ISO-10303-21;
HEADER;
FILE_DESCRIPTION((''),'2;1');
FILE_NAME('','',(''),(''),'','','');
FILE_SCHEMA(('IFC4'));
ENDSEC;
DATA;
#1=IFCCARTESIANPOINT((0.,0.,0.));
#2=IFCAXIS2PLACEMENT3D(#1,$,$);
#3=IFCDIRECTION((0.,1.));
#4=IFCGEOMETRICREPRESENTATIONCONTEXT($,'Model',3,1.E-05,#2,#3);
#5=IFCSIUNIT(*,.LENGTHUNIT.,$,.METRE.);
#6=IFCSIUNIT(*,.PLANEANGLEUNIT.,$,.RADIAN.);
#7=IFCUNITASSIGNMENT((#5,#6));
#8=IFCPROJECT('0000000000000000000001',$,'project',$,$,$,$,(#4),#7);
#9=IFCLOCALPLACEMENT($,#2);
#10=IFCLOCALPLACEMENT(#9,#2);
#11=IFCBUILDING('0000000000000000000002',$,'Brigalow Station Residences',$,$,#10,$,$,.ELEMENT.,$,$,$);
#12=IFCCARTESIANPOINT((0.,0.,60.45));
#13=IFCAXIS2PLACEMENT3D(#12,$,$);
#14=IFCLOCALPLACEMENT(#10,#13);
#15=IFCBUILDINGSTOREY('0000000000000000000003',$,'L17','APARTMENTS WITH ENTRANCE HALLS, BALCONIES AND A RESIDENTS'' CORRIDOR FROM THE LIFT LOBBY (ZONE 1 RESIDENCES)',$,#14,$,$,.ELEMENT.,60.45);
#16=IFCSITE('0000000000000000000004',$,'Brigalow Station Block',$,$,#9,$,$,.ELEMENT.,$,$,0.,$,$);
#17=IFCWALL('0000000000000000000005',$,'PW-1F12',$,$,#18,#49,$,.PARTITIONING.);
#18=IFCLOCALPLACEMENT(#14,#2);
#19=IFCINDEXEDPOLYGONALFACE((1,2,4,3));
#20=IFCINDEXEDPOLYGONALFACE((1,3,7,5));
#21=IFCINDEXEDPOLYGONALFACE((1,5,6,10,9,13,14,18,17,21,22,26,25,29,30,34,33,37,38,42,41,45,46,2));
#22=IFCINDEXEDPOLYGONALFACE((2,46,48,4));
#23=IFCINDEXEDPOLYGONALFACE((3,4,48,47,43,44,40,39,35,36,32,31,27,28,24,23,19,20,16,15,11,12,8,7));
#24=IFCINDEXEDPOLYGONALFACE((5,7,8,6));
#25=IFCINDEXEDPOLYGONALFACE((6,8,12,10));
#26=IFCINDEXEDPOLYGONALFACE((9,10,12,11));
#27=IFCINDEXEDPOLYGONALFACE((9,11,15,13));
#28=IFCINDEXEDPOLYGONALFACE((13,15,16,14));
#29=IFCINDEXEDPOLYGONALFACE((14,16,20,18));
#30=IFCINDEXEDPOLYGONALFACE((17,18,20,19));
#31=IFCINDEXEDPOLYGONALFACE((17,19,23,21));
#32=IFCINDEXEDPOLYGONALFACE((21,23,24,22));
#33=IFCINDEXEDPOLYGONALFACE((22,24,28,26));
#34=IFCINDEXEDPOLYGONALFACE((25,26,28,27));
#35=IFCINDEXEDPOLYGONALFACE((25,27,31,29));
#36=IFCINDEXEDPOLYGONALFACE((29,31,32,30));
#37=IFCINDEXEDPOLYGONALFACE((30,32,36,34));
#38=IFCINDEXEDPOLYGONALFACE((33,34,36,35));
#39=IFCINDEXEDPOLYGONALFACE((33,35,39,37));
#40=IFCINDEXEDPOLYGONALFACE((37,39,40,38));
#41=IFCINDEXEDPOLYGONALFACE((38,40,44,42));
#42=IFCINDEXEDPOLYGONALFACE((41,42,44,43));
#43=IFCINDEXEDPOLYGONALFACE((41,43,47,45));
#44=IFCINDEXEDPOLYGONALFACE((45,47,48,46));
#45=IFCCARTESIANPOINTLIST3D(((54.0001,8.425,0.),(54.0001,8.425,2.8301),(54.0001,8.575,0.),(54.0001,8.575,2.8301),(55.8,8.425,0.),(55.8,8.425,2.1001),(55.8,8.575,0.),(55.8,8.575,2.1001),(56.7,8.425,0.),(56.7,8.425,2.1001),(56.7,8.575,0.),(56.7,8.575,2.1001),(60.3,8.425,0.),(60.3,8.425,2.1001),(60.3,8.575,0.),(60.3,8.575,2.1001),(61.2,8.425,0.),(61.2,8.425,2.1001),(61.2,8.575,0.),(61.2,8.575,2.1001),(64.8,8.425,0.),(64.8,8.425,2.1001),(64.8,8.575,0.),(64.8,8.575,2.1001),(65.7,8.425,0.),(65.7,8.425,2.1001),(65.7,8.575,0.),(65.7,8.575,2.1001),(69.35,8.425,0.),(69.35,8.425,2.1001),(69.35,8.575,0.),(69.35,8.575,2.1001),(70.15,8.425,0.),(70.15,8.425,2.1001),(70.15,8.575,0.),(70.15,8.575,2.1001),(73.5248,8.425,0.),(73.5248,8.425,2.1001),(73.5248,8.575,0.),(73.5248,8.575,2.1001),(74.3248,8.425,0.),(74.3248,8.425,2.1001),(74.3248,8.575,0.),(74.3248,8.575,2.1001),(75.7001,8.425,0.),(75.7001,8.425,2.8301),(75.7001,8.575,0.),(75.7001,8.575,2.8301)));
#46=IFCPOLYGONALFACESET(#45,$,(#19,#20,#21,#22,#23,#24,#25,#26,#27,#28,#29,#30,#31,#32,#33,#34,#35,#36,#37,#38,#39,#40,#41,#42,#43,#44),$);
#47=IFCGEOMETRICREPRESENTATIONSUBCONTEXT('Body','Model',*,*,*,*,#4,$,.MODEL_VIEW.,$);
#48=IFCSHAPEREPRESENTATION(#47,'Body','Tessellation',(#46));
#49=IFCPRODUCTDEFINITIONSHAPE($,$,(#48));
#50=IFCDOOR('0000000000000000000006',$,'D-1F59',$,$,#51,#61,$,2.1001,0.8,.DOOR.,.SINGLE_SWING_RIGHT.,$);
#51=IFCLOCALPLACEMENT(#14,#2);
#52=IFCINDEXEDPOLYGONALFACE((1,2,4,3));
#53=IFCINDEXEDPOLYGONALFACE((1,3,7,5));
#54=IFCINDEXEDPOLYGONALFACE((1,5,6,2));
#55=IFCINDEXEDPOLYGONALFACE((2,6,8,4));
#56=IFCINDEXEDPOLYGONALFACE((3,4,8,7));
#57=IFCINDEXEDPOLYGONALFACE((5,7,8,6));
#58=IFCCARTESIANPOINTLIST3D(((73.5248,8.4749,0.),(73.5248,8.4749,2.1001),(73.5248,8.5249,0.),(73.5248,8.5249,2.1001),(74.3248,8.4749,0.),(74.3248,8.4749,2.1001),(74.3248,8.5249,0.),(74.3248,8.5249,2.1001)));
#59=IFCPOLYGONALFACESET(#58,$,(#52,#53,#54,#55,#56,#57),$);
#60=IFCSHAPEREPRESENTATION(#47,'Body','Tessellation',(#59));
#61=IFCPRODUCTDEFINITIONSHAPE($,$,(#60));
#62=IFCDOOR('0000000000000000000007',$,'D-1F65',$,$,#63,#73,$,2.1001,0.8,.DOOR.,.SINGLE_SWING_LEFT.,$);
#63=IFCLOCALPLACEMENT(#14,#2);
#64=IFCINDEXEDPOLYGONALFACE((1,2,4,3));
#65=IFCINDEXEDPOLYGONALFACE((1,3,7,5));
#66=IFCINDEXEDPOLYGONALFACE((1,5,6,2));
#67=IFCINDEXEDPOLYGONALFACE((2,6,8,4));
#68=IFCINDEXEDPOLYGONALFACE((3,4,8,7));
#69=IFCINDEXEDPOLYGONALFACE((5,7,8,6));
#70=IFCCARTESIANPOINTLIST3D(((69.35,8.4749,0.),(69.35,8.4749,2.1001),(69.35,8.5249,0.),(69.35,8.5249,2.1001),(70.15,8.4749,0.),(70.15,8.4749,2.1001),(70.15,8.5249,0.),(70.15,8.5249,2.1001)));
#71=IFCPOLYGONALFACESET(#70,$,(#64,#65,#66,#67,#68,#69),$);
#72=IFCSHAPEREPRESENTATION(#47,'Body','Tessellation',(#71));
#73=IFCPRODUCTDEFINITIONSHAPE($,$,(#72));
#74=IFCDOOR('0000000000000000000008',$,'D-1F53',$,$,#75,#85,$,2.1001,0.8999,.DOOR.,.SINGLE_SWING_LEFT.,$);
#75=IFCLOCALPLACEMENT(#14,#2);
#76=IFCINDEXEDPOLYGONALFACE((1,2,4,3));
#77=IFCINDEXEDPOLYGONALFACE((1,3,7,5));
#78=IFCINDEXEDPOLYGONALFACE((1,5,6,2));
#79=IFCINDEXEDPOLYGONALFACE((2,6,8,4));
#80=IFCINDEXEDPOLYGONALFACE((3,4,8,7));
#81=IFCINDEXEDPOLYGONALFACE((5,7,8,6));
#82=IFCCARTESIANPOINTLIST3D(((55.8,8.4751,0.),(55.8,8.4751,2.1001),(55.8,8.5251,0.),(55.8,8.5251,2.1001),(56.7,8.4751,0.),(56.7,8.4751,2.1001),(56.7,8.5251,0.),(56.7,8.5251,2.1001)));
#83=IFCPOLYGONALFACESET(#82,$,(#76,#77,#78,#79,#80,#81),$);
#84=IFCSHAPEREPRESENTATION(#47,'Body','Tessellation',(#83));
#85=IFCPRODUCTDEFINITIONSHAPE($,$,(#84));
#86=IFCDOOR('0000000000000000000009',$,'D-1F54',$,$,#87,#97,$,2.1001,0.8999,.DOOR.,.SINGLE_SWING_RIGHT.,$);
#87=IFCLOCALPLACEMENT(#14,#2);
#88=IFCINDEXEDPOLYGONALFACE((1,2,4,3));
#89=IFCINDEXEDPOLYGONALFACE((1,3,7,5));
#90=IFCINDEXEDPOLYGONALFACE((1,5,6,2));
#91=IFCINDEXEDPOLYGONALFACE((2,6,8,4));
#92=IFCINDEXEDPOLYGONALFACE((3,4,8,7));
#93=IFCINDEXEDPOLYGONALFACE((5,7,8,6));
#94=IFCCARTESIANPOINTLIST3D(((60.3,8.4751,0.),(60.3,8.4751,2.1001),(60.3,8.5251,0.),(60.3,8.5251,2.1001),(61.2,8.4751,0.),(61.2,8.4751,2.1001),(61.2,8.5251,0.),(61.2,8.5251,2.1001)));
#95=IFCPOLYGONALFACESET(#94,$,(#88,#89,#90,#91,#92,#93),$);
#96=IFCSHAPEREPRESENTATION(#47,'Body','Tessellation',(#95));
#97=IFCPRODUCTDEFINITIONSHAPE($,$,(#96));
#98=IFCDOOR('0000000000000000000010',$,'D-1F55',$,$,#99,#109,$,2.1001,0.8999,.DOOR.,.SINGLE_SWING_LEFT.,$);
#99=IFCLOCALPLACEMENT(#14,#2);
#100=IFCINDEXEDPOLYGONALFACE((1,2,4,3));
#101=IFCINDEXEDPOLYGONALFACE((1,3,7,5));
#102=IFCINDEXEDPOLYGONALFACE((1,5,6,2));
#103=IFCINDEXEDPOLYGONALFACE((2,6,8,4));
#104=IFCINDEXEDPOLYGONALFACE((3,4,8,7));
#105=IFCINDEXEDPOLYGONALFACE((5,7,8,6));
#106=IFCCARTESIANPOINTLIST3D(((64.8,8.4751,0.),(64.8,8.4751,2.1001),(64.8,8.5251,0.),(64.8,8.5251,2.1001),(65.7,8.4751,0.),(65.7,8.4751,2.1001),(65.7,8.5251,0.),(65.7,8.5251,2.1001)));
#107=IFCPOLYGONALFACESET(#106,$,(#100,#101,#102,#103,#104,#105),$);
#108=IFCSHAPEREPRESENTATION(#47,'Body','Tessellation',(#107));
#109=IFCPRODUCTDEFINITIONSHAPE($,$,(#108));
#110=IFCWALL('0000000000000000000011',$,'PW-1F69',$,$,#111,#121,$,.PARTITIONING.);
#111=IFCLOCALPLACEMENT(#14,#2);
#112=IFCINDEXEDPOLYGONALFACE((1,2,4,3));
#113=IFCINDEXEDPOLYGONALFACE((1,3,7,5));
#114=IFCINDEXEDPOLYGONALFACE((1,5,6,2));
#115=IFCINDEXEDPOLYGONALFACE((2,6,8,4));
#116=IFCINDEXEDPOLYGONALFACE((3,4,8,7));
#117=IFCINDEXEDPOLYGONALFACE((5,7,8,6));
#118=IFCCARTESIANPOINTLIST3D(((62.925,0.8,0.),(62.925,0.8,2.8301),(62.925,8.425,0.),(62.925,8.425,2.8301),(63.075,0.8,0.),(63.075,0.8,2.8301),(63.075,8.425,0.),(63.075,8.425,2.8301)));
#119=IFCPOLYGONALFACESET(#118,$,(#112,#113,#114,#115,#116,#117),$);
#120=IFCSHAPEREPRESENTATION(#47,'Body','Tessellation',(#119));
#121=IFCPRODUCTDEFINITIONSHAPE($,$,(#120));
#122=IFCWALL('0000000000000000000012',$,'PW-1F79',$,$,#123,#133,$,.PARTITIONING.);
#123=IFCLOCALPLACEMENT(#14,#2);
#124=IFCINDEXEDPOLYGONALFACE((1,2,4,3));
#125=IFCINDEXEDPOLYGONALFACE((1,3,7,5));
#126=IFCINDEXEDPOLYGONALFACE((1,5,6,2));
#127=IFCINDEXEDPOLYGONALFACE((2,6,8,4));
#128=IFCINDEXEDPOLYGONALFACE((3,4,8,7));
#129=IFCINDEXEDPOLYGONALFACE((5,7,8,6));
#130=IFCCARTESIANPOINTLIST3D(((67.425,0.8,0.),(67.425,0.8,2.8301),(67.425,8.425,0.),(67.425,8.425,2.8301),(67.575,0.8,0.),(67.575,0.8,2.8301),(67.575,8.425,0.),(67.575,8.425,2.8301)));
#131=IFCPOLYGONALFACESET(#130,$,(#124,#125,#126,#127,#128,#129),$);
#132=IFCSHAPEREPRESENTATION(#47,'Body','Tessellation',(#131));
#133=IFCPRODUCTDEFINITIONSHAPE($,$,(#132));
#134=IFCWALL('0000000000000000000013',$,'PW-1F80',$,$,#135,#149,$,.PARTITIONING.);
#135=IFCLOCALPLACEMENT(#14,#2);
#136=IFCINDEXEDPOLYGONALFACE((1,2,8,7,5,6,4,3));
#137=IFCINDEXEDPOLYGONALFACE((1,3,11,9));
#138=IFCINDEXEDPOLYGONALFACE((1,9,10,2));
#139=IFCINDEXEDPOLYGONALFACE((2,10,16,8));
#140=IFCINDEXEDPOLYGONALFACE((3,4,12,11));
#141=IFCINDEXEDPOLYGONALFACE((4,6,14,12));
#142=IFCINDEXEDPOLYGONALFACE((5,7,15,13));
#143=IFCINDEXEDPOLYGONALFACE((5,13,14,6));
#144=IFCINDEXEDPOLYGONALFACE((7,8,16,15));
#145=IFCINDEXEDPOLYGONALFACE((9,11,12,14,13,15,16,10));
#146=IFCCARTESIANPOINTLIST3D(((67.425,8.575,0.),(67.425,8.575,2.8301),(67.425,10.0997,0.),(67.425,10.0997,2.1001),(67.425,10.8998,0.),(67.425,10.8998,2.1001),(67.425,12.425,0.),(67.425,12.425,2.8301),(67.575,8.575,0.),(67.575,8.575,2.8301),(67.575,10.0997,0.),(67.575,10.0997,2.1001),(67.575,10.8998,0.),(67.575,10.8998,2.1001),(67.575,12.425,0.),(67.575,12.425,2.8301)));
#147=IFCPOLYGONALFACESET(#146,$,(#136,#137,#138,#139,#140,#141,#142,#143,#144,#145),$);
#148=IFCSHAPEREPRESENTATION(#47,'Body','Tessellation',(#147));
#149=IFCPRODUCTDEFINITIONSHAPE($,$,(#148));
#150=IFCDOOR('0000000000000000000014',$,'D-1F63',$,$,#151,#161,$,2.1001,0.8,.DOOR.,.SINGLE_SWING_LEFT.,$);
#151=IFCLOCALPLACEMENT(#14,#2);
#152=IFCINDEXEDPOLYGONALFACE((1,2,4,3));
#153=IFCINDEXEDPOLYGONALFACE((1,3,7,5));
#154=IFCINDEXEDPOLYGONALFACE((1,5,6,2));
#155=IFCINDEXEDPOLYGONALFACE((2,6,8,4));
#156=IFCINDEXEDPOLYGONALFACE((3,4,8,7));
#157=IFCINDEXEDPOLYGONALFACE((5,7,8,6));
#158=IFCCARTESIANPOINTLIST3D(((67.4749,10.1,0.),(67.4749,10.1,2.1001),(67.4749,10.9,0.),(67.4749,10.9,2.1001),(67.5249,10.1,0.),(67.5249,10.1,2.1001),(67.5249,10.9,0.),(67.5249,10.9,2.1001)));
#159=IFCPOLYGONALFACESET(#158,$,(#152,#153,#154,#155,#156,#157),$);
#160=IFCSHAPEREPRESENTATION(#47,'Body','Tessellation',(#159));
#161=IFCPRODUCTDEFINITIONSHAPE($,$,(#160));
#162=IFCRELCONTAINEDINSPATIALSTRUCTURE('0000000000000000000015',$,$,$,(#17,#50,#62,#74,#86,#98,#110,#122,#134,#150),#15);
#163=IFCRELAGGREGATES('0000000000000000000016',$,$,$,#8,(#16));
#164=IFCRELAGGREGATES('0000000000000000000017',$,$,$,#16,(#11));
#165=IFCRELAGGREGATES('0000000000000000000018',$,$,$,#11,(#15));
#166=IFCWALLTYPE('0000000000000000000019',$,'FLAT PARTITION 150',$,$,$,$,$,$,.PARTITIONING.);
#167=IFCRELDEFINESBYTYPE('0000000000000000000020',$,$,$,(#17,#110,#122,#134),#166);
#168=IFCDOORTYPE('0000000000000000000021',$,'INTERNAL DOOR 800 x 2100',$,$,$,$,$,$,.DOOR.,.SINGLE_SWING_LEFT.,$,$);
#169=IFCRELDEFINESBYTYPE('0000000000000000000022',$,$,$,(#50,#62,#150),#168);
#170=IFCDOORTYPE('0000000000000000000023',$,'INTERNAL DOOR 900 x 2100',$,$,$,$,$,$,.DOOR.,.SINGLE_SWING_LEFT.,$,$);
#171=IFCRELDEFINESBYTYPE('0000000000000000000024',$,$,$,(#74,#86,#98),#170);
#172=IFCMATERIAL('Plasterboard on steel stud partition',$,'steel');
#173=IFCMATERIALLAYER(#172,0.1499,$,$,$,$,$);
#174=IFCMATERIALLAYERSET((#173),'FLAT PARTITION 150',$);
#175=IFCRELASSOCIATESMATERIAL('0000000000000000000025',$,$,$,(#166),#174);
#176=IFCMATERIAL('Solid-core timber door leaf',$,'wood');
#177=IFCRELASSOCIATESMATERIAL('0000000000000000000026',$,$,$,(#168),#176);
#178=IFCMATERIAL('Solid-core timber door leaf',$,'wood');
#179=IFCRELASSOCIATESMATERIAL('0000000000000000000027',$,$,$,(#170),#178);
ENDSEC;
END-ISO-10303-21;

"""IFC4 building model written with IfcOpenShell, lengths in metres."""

from ifc_helpers import new_model, si_unit, direction, frame, frame_2d, origin, place, context, subcontext, project, spatial, rectangle, extrude, material, layer, layer_set, type_object, element, fill, save


model = new_model("IFC4")

# Units and contexts
model_context = context("Model", 3, precision=1e-05, world=origin(), true_north=direction((0.0, 1.0)))
body_context = subcontext(model_context, "Body", "Model", "MODEL_VIEW")
ifc_project = project(units=[si_unit("LENGTHUNIT", "METRE"), si_unit("PLANEANGLEUNIT", "RADIAN")], contexts=[model_context])

# Site, building, storey
site_placement = place(None, origin())
site = spatial("IfcSite", under=ifc_project, at=site_placement, Name="Brigalow Station Block", CompositionType="ELEMENT", RefElevation=0.0)
building_placement = place(site_placement, origin())
building = spatial("IfcBuilding", under=site, at=building_placement, Name="Brigalow Station Residences", CompositionType="ELEMENT")
storey_placement = place(building_placement, frame((0.0, 0.0, 60.45)))
storey = spatial("IfcBuildingStorey", under=building, at=storey_placement, Name="L17", Description="APARTMENTS WITH ENTRANCE HALLS, BALCONIES AND A RESIDENTS' CORRIDOR FROM THE LIFT LOBBY (ZONE 1 RESIDENCES)", CompositionType="ELEMENT", Elevation=60.45)

# Wall, openings, doors
ifc_material_1 = material(Name="Plasterboard on steel stud partition", Category="steel")
ifc_layer_1 = layer(ifc_material_1, 0.1499)
ifc_layer_set_1 = layer_set([ifc_layer_1], Name="FLAT PARTITION 150")
wall_type_1 = type_object("IfcWallType", Name="FLAT PARTITION 150", PredefinedType="PARTITIONING", material=ifc_layer_set_1)
wall_1_placement = place(storey_placement, frame((54.0, 8.5, 0.0), z_axis=(0.0, 0.0, 1.0), x_axis=(1.0, 0.0, 0.0)))
wall_1 = element("IfcWall", 1, at=wall_1_placement, inside=storey, type_object=wall_type_1, Name="PW-1F12", PredefinedType="PARTITIONING", context=body_context, shape_type="SweptSolid", body=[
    extrude(rectangle(XDim=21.7, YDim=0.1499, at=frame_2d((10.8501, 0.0))), origin(), (0.0, 0.0, 1.0), 2.8301),
])
opening_1_placement = place(wall_1_placement, frame((1.8, 0.0, 0.0)))
opening_1 = element("IfcOpeningElement", 2, at=opening_1_placement, cuts=wall_1, PredefinedType="OPENING", context=body_context, shape_type="SweptSolid", body=[
    extrude(rectangle(XDim=0.8999, YDim=2.1001, at=frame_2d((0.45, 1.05))), frame((0.0, 0.085, 0.0), z_axis=(0.0, -1.0, 0.0), x_axis=(1.0, 0.0, 0.0)), (0.0, 0.0, 1.0), 0.1699),
])
opening_2_placement = place(wall_1_placement, frame((6.3, 0.0, 0.0)))
opening_2 = element("IfcOpeningElement", 3, at=opening_2_placement, cuts=wall_1, PredefinedType="OPENING", context=body_context, shape_type="SweptSolid", body=[
    extrude(rectangle(XDim=0.8999, YDim=2.1001, at=frame_2d((0.45, 1.05))), frame((0.0, 0.085, 0.0), z_axis=(0.0, -1.0, 0.0), x_axis=(1.0, 0.0, 0.0)), (0.0, 0.0, 1.0), 0.1699),
])
opening_3_placement = place(wall_1_placement, frame((10.8, 0.0, 0.0)))
opening_3 = element("IfcOpeningElement", 4, at=opening_3_placement, cuts=wall_1, PredefinedType="OPENING", context=body_context, shape_type="SweptSolid", body=[
    extrude(rectangle(XDim=0.8999, YDim=2.1001, at=frame_2d((0.45, 1.05))), frame((0.0, 0.085, 0.0), z_axis=(0.0, -1.0, 0.0), x_axis=(1.0, 0.0, 0.0)), (0.0, 0.0, 1.0), 0.1699),
])
opening_4_placement = place(wall_1_placement, frame((19.5249, 0.0, 0.0)))
opening_4 = element("IfcOpeningElement", 5, at=opening_4_placement, cuts=wall_1, PredefinedType="OPENING", context=body_context, shape_type="SweptSolid", body=[
    extrude(rectangle(XDim=0.8, YDim=2.1001, at=frame_2d((0.3999, 1.05))), frame((0.0, 0.085, 0.0), z_axis=(0.0, -1.0, 0.0), x_axis=(1.0, 0.0, 0.0)), (0.0, 0.0, 1.0), 0.1699),
])
opening_5_placement = place(wall_1_placement, frame((15.3501, 0.0, 0.0)))
opening_5 = element("IfcOpeningElement", 6, at=opening_5_placement, cuts=wall_1, PredefinedType="OPENING", context=body_context, shape_type="SweptSolid", body=[
    extrude(rectangle(XDim=0.8, YDim=2.1001, at=frame_2d((0.3999, 1.05))), frame((0.0, 0.085, 0.0), z_axis=(0.0, -1.0, 0.0), x_axis=(1.0, 0.0, 0.0)), (0.0, 0.0, 1.0), 0.1699),
])
ifc_material_2 = material(Name="Solid-core timber door leaf", Category="wood")
door_type_1 = type_object("IfcDoorType", Name="INTERNAL DOOR 800 x 2100", OperationType="SINGLE_SWING_LEFT", PredefinedType="DOOR", material=ifc_material_2)
door_1_placement = place(opening_4_placement, origin())
door_1 = element("IfcDoor", 7, at=door_1_placement, inside=storey, type_object=door_type_1, Name="D-1F59", OperationType="SINGLE_SWING_RIGHT", OverallHeight=2.1001, OverallWidth=0.8, PredefinedType="DOOR", context=body_context, shape_type="SweptSolid", body=[
    extrude(rectangle(XDim=0.8, YDim=2.1001, at=frame_2d((0.3999, 1.05))), frame((0.0, 0.0249, 0.0), z_axis=(0.0, -1.0, 0.0), x_axis=(1.0, 0.0, 0.0)), (0.0, 0.0, 1.0), 0.05),
])
fill(opening_4, door_1)
door_2_placement = place(opening_5_placement, origin())
door_2 = element("IfcDoor", 8, at=door_2_placement, inside=storey, type_object=door_type_1, Name="D-1F65", OperationType="SINGLE_SWING_LEFT", OverallHeight=2.1001, OverallWidth=0.8, PredefinedType="DOOR", context=body_context, shape_type="SweptSolid", body=[
    extrude(rectangle(XDim=0.8, YDim=2.1001, at=frame_2d((0.3999, 1.05))), frame((0.0, 0.0249, 0.0), z_axis=(0.0, -1.0, 0.0), x_axis=(1.0, 0.0, 0.0)), (0.0, 0.0, 1.0), 0.05),
])
fill(opening_5, door_2)
ifc_material_3 = material(Name="Solid-core timber door leaf", Category="wood")
door_type_2 = type_object("IfcDoorType", Name="INTERNAL DOOR 900 x 2100", OperationType="SINGLE_SWING_LEFT", PredefinedType="DOOR", material=ifc_material_3)
door_3_placement = place(opening_1_placement, frame((0.8999, 0.0, 0.0), z_axis=(0.0, 0.0, 1.0), x_axis=(-1.0, 0.0, 0.0)))
door_3 = element("IfcDoor", 9, at=door_3_placement, inside=storey, type_object=door_type_2, Name="D-1F53", OperationType="SINGLE_SWING_LEFT", OverallHeight=2.1001, OverallWidth=0.8999, PredefinedType="DOOR", context=body_context, shape_type="SweptSolid", body=[
    extrude(rectangle(XDim=0.8999, YDim=2.1001, at=frame_2d((0.45, 1.05))), frame((0.0, 0.0249, 0.0), z_axis=(0.0, -1.0, 0.0), x_axis=(1.0, 0.0, 0.0)), (0.0, 0.0, 1.0), 0.05),
])
fill(opening_1, door_3)
door_4_placement = place(opening_2_placement, frame((0.8999, 0.0, 0.0), z_axis=(0.0, 0.0, 1.0), x_axis=(-1.0, 0.0, 0.0)))
door_4 = element("IfcDoor", 10, at=door_4_placement, inside=storey, type_object=door_type_2, Name="D-1F54", OperationType="SINGLE_SWING_RIGHT", OverallHeight=2.1001, OverallWidth=0.8999, PredefinedType="DOOR", context=body_context, shape_type="SweptSolid", body=[
    extrude(rectangle(XDim=0.8999, YDim=2.1001, at=frame_2d((0.45, 1.05))), frame((0.0, 0.0249, 0.0), z_axis=(0.0, -1.0, 0.0), x_axis=(1.0, 0.0, 0.0)), (0.0, 0.0, 1.0), 0.05),
])
fill(opening_2, door_4)
door_5_placement = place(opening_3_placement, frame((0.8999, 0.0, 0.0), z_axis=(0.0, 0.0, 1.0), x_axis=(-1.0, 0.0, 0.0)))
door_5 = element("IfcDoor", 11, at=door_5_placement, inside=storey, type_object=door_type_2, Name="D-1F55", OperationType="SINGLE_SWING_LEFT", OverallHeight=2.1001, OverallWidth=0.8999, PredefinedType="DOOR", context=body_context, shape_type="SweptSolid", body=[
    extrude(rectangle(XDim=0.8999, YDim=2.1001, at=frame_2d((0.45, 1.05))), frame((0.0, 0.0249, 0.0), z_axis=(0.0, -1.0, 0.0), x_axis=(1.0, 0.0, 0.0)), (0.0, 0.0, 1.0), 0.05),
])
fill(opening_3, door_5)

# Walls
for number, where, z_axis, x_axis, name in (
    (12, (63.0, 0.8, 0.0), (0.0, 0.0, 1.0), (0.0, 1.0, 0.0), "PW-1F69"),
    (13, (67.5, 0.8, 0.0), (0.0, 0.0, 1.0), (0.0, 1.0, 0.0), "PW-1F79"),
):
    element("IfcWall", number, at=place(storey_placement, frame(where, z_axis=z_axis, x_axis=x_axis)), inside=storey, type_object=wall_type_1, Name=name, PredefinedType="PARTITIONING", context=body_context, shape_type="SweptSolid", body=[
        extrude(rectangle(XDim=7.625, YDim=0.1499, at=frame_2d((3.8125, 0.0))), origin(), (0.0, 0.0, 1.0), 2.8301),
    ])

# Wall, opening, door
wall_2_placement = place(storey_placement, frame((67.5, 8.575, 0.0), z_axis=(0.0, 0.0, 1.0), x_axis=(0.0, 1.0, 0.0)))
wall_2 = element("IfcWall", 14, at=wall_2_placement, inside=storey, type_object=wall_type_1, Name="PW-1F80", PredefinedType="PARTITIONING", context=body_context, shape_type="SweptSolid", body=[
    extrude(rectangle(XDim=3.8501, YDim=0.1499, at=frame_2d((1.925, 0.0))), origin(), (0.0, 0.0, 1.0), 2.8301),
])
opening_6_placement = place(wall_2_placement, frame((1.5249, 0.0, 0.0)))
opening_6 = element("IfcOpeningElement", 15, at=opening_6_placement, cuts=wall_2, PredefinedType="OPENING", context=body_context, shape_type="SweptSolid", body=[
    extrude(rectangle(XDim=0.8, YDim=2.1001, at=frame_2d((0.3999, 1.05))), frame((0.0, 0.085, 0.0), z_axis=(0.0, -1.0, 0.0), x_axis=(1.0, 0.0, 0.0)), (0.0, 0.0, 1.0), 0.1699),
])
door_6_placement = place(opening_6_placement, frame((0.8, 0.0, 0.0), z_axis=(0.0, 0.0, 1.0), x_axis=(-1.0, 0.0, 0.0)))
door_6 = element("IfcDoor", 16, at=door_6_placement, inside=storey, type_object=door_type_1, Name="D-1F63", OperationType="SINGLE_SWING_LEFT", OverallHeight=2.1001, OverallWidth=0.8, PredefinedType="DOOR", context=body_context, shape_type="SweptSolid", body=[
    extrude(rectangle(XDim=0.8, YDim=2.1001, at=frame_2d((0.3999, 1.05))), frame((0.0, 0.0249, 0.0), z_axis=(0.0, -1.0, 0.0), x_axis=(1.0, 0.0, 0.0)), (0.0, 0.0, 1.0), 0.05),
])
fill(opening_6, door_6)

save(model, "model.ifc")
